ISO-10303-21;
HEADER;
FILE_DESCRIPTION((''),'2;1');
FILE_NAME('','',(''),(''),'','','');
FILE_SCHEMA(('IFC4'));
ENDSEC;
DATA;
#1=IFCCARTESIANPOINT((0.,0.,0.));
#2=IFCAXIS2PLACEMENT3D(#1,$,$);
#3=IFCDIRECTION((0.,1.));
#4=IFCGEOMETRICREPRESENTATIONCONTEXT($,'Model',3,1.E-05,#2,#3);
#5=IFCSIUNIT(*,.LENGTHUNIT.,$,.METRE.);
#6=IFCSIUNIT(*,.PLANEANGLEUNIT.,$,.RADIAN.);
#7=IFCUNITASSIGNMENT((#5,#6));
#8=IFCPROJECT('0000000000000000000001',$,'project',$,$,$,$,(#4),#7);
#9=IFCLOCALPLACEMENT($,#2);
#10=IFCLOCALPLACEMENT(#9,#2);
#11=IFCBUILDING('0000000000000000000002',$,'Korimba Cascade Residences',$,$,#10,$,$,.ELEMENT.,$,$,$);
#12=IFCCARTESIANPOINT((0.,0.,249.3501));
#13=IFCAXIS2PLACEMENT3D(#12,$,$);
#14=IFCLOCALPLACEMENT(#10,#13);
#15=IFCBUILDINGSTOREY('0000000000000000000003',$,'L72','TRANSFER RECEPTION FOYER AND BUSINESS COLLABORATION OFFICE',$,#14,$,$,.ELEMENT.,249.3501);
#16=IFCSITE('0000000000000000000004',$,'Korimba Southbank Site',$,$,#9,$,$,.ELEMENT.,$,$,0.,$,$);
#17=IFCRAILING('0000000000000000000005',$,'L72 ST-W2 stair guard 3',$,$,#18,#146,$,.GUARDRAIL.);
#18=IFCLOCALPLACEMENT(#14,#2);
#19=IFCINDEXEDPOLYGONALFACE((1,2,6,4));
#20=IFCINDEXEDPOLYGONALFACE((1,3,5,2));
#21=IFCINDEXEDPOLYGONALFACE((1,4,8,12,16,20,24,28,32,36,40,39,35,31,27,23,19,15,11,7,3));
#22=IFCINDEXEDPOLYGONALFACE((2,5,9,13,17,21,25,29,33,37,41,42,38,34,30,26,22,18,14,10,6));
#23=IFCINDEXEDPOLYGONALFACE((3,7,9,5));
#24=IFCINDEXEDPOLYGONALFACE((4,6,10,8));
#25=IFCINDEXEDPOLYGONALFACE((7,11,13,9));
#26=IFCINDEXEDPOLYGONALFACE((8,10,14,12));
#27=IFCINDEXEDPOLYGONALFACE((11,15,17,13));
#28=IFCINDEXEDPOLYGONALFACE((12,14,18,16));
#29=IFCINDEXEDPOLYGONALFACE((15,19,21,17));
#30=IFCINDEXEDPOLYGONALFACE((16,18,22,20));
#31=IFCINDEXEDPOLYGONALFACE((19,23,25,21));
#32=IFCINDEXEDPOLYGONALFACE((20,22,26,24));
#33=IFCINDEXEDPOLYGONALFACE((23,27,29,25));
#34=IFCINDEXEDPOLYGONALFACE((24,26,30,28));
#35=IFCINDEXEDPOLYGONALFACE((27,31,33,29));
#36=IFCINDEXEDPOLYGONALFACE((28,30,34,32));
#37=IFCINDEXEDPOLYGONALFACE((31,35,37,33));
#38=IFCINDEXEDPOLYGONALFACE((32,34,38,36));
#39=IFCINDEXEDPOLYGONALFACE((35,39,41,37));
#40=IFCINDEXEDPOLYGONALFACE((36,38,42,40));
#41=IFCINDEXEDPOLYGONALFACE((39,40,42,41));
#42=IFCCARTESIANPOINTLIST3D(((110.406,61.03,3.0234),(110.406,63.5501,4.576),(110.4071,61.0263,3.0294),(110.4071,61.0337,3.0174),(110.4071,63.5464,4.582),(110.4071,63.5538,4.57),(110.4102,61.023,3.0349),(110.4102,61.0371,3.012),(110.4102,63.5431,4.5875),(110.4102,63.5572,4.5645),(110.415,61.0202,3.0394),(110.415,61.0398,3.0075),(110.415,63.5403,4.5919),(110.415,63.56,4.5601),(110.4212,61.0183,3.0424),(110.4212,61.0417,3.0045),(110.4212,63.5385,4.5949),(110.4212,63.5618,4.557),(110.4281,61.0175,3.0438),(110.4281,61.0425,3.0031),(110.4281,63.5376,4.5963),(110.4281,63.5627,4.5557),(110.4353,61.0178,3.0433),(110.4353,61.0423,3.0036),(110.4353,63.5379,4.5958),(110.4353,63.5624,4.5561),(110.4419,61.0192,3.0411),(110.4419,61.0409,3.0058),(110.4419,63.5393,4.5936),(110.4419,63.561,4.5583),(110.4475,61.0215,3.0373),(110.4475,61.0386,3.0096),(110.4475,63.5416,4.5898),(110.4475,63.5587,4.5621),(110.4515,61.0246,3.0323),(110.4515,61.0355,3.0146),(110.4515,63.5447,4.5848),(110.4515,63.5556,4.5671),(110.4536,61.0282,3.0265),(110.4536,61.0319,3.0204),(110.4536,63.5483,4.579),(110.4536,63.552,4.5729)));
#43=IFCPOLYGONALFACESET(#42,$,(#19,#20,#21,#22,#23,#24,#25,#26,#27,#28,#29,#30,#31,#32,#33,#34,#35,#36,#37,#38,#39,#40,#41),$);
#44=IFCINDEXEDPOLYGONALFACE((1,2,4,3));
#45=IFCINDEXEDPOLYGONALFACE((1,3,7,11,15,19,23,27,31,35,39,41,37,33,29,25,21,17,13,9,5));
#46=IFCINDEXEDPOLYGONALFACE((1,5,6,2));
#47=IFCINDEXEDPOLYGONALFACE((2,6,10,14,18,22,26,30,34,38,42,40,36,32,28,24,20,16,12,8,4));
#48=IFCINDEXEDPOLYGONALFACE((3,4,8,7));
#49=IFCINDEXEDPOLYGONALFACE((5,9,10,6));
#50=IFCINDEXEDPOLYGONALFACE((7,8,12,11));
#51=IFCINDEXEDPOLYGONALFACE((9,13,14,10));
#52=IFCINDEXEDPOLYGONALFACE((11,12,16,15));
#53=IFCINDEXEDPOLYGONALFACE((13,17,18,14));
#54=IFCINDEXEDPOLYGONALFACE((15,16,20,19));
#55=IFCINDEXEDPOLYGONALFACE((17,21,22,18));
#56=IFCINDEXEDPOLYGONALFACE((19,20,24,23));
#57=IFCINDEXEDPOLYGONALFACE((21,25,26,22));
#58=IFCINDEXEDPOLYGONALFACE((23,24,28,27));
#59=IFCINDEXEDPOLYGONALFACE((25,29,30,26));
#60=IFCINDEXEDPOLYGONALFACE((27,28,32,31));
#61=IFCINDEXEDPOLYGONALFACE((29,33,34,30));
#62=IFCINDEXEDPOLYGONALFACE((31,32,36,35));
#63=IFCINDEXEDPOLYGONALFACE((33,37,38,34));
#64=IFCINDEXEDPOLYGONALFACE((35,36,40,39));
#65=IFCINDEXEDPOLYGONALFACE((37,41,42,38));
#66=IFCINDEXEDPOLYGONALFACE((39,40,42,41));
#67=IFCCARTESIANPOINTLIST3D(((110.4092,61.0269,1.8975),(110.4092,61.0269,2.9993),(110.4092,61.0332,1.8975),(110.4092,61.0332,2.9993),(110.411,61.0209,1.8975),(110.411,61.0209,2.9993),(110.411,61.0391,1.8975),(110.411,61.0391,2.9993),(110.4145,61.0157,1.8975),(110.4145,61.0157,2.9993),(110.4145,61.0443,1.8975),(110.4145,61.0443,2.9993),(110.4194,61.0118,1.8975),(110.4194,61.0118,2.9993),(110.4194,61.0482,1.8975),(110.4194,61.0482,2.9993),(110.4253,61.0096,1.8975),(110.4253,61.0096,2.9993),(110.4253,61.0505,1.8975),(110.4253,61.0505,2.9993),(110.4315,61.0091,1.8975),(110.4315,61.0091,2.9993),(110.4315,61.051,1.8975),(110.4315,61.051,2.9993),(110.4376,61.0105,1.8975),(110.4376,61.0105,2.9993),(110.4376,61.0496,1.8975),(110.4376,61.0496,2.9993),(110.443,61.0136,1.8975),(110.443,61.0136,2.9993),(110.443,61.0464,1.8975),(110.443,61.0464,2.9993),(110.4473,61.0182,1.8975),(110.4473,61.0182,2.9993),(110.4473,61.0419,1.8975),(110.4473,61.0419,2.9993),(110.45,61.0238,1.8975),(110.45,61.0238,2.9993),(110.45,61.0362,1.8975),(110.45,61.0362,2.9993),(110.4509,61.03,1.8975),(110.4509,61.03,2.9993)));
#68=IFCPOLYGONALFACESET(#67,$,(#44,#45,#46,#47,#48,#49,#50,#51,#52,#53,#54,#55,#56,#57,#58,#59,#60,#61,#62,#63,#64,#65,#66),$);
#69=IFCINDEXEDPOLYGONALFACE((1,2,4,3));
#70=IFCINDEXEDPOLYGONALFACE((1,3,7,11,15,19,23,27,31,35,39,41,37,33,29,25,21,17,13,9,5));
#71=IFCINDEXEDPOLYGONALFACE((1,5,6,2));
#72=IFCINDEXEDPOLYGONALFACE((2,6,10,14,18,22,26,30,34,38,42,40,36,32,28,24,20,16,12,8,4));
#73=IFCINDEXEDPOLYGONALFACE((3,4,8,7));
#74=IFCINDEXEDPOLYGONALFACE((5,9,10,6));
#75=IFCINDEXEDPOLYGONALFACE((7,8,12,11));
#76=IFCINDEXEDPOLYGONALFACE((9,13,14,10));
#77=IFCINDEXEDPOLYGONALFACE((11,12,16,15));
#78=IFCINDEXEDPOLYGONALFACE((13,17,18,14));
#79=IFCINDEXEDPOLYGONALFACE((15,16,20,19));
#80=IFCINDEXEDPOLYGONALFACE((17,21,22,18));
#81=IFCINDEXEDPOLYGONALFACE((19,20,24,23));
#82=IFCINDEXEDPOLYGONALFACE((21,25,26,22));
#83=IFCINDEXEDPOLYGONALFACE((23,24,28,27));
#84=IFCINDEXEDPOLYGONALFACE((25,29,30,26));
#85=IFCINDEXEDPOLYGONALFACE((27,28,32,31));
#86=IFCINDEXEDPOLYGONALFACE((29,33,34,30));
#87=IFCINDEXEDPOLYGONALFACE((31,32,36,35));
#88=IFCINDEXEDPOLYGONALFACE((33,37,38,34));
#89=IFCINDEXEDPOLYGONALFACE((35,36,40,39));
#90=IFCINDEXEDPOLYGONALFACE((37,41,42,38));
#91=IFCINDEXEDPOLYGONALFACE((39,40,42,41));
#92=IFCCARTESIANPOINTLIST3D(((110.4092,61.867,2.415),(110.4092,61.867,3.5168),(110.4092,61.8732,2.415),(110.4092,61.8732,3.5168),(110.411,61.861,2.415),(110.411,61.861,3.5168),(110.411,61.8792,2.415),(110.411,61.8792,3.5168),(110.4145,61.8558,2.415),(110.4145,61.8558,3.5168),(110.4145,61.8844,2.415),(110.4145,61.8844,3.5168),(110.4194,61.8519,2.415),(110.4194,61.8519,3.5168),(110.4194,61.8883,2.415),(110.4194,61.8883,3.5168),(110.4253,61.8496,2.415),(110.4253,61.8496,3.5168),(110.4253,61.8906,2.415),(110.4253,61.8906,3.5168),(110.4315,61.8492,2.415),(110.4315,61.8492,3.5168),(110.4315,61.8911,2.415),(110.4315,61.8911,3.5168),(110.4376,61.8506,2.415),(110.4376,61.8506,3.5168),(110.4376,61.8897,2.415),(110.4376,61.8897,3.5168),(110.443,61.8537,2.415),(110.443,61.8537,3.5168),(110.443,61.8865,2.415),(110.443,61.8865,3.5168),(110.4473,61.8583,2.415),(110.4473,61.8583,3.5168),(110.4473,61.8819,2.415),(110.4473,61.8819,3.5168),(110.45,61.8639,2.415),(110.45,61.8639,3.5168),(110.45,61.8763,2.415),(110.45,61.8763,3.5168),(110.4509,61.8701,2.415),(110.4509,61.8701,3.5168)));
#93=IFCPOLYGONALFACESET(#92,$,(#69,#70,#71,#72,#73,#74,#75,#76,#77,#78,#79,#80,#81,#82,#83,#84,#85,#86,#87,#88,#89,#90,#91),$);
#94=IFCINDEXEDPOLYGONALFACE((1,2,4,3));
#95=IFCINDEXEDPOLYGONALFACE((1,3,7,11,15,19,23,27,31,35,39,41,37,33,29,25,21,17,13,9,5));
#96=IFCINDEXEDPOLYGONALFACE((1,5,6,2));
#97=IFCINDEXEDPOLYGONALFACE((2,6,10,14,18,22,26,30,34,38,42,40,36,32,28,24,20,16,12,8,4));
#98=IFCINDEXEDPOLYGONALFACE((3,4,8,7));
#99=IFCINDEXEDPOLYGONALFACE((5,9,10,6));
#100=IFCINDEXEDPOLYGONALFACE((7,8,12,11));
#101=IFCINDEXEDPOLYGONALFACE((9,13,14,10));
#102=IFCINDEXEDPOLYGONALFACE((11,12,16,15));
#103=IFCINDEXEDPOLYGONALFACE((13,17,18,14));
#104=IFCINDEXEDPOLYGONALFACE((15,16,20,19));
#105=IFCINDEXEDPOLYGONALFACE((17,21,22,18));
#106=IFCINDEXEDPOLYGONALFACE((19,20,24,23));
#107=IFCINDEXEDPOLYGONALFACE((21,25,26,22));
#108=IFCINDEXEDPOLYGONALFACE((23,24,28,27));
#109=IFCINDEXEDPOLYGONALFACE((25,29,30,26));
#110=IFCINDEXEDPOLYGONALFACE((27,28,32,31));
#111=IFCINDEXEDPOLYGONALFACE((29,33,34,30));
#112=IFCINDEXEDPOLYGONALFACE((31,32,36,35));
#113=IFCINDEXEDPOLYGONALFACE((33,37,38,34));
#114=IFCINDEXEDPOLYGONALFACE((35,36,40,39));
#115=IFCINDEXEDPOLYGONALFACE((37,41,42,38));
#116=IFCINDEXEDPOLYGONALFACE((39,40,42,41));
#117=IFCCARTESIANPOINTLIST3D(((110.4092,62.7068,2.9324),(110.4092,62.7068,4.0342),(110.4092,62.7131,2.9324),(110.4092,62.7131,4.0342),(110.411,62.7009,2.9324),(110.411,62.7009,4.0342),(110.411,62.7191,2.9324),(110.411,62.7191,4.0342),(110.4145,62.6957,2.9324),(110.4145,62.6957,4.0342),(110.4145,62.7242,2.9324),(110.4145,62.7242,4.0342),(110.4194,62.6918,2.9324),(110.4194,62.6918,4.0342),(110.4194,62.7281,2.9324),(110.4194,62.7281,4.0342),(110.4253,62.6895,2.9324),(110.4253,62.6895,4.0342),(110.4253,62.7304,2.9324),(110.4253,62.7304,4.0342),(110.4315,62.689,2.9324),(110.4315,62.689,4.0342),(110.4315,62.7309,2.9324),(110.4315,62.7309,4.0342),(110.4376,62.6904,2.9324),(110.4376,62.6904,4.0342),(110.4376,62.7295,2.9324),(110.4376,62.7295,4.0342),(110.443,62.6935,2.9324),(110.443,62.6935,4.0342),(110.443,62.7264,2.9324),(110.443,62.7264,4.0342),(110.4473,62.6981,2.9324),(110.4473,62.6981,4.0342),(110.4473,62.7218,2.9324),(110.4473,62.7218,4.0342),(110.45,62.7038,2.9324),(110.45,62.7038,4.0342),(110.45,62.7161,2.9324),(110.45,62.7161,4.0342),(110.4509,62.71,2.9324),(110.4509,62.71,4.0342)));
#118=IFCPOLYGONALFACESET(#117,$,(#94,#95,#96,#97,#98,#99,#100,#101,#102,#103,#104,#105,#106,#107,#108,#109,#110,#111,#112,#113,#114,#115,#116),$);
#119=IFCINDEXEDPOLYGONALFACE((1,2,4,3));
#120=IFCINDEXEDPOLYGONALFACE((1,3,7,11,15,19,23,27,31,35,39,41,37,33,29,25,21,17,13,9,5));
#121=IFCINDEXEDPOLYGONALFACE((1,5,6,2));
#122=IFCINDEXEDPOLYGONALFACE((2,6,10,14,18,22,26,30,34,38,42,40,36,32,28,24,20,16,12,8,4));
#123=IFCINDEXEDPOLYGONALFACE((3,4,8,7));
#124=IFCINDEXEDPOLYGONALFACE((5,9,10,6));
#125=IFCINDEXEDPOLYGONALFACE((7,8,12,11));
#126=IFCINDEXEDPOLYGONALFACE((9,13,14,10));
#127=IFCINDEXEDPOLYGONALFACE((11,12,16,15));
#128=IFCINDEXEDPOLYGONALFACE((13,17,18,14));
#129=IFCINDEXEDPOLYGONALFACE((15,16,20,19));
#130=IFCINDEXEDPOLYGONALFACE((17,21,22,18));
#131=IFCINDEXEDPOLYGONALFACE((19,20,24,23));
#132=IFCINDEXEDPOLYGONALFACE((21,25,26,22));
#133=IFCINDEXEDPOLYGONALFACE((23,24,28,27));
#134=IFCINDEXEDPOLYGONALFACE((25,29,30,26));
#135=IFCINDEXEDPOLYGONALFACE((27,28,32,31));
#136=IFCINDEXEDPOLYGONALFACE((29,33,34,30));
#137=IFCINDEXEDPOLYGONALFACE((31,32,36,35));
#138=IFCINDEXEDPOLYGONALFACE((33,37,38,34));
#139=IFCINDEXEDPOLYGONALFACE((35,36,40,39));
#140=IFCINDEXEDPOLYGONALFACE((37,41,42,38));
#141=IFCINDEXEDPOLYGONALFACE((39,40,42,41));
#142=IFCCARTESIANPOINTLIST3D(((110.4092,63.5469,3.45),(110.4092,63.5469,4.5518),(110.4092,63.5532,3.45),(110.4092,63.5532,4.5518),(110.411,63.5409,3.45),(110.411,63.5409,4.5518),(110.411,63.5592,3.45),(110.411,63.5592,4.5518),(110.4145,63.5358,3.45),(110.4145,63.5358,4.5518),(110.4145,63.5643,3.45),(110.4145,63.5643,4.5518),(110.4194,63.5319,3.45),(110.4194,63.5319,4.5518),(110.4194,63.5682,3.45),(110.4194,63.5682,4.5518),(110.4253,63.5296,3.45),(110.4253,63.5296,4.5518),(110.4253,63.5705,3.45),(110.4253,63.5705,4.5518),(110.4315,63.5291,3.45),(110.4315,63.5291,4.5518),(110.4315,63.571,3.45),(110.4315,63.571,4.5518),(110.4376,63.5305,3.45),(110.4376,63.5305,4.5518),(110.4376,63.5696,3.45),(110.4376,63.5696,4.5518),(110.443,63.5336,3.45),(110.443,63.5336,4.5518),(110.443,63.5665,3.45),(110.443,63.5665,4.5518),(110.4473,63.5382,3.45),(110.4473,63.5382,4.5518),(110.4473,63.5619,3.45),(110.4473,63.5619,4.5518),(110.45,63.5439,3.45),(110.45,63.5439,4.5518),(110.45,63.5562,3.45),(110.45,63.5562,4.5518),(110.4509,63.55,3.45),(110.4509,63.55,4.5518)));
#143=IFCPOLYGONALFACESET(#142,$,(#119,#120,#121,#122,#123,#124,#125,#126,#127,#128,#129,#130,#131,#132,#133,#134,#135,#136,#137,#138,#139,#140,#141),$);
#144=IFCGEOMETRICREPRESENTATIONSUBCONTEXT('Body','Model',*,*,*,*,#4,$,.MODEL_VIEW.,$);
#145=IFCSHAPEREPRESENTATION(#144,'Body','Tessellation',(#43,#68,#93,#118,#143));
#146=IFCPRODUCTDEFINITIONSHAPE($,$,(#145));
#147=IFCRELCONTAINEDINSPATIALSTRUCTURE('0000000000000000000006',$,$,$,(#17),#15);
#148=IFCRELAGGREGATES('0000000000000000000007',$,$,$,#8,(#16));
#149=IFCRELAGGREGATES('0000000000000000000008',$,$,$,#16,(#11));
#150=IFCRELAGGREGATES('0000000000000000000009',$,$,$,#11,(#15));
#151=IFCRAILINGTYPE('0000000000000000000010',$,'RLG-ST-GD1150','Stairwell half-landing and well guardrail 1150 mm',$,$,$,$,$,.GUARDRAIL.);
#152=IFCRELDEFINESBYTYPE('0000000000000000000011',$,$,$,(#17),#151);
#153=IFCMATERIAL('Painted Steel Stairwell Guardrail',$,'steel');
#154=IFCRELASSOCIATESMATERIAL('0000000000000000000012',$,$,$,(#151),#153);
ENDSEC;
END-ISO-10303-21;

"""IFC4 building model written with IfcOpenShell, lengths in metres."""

from ifc_helpers import new_model, si_unit, direction, frame, origin, origin_2d, place, context, subcontext, project, spatial, circle, extrude, material, type_object, element, save


model = new_model("IFC4")

# Units and contexts
model_context = context("Model", 3, precision=1e-05, world=origin(), true_north=direction((0.0, 1.0)))
body_context = subcontext(model_context, "Body", "Model", "MODEL_VIEW")
ifc_project = project(units=[si_unit("LENGTHUNIT", "METRE"), si_unit("PLANEANGLEUNIT", "RADIAN")], contexts=[model_context])

# Site, building, storey
site_placement = place(None, origin())
site = spatial("IfcSite", under=ifc_project, at=site_placement, Name="Korimba Southbank Site", CompositionType="ELEMENT", RefElevation=0.0)
building_placement = place(site_placement, origin())
building = spatial("IfcBuilding", under=site, at=building_placement, Name="Korimba Cascade Residences", CompositionType="ELEMENT")
storey_placement = place(building_placement, frame((0.0, 0.0, 249.3501)))
storey = spatial("IfcBuildingStorey", under=building, at=storey_placement, Name="L72", Description="TRANSFER RECEPTION FOYER AND BUSINESS COLLABORATION OFFICE", CompositionType="ELEMENT", Elevation=249.3501)

# Railing
ifc_material_1 = material(Name="Painted Steel Stairwell Guardrail", Category="steel")
railing_type_1 = type_object("IfcRailingType", Name="RLG-ST-GD1150", Description="Stairwell half-landing and well guardrail 1150 mm", PredefinedType="GUARDRAIL", material=ifc_material_1)
railing_1_placement = place(storey_placement, frame((110.4299, 61.03, 1.8975)))
element("IfcRailing", 1, at=railing_1_placement, inside=storey, type_object=railing_type_1, Name="L72 ST-W2 stair guard 3", PredefinedType="GUARDRAIL", context=body_context, shape_type="SweptSolid", body=[
    extrude(circle(Radius=0.0239, at=origin_2d()), frame((0.0, 0.0, 1.126), z_axis=(0.0, 0.8514, 0.524516), x_axis=(-1.0, 0.0, 0.0)), (0.0, 0.0, 1.0), 2.96),
    extrude(circle(Radius=0.021, at=origin_2d()), origin(), (0.0, 0.0, 1.0), 1.1018),
    extrude(circle(Radius=0.021, at=origin_2d()), frame((0.0, 0.8401, 0.5176)), (0.0, 0.0, 1.0), 1.1018),
    extrude(circle(Radius=0.021, at=origin_2d()), frame((0.0, 1.6799, 1.0349)), (0.0, 0.0, 1.0), 1.1018),
    extrude(circle(Radius=0.021, at=origin_2d()), frame((0.0, 2.52, 1.5525)), (0.0, 0.0, 1.0), 1.1018),
])

save(model, "model.ifc")
